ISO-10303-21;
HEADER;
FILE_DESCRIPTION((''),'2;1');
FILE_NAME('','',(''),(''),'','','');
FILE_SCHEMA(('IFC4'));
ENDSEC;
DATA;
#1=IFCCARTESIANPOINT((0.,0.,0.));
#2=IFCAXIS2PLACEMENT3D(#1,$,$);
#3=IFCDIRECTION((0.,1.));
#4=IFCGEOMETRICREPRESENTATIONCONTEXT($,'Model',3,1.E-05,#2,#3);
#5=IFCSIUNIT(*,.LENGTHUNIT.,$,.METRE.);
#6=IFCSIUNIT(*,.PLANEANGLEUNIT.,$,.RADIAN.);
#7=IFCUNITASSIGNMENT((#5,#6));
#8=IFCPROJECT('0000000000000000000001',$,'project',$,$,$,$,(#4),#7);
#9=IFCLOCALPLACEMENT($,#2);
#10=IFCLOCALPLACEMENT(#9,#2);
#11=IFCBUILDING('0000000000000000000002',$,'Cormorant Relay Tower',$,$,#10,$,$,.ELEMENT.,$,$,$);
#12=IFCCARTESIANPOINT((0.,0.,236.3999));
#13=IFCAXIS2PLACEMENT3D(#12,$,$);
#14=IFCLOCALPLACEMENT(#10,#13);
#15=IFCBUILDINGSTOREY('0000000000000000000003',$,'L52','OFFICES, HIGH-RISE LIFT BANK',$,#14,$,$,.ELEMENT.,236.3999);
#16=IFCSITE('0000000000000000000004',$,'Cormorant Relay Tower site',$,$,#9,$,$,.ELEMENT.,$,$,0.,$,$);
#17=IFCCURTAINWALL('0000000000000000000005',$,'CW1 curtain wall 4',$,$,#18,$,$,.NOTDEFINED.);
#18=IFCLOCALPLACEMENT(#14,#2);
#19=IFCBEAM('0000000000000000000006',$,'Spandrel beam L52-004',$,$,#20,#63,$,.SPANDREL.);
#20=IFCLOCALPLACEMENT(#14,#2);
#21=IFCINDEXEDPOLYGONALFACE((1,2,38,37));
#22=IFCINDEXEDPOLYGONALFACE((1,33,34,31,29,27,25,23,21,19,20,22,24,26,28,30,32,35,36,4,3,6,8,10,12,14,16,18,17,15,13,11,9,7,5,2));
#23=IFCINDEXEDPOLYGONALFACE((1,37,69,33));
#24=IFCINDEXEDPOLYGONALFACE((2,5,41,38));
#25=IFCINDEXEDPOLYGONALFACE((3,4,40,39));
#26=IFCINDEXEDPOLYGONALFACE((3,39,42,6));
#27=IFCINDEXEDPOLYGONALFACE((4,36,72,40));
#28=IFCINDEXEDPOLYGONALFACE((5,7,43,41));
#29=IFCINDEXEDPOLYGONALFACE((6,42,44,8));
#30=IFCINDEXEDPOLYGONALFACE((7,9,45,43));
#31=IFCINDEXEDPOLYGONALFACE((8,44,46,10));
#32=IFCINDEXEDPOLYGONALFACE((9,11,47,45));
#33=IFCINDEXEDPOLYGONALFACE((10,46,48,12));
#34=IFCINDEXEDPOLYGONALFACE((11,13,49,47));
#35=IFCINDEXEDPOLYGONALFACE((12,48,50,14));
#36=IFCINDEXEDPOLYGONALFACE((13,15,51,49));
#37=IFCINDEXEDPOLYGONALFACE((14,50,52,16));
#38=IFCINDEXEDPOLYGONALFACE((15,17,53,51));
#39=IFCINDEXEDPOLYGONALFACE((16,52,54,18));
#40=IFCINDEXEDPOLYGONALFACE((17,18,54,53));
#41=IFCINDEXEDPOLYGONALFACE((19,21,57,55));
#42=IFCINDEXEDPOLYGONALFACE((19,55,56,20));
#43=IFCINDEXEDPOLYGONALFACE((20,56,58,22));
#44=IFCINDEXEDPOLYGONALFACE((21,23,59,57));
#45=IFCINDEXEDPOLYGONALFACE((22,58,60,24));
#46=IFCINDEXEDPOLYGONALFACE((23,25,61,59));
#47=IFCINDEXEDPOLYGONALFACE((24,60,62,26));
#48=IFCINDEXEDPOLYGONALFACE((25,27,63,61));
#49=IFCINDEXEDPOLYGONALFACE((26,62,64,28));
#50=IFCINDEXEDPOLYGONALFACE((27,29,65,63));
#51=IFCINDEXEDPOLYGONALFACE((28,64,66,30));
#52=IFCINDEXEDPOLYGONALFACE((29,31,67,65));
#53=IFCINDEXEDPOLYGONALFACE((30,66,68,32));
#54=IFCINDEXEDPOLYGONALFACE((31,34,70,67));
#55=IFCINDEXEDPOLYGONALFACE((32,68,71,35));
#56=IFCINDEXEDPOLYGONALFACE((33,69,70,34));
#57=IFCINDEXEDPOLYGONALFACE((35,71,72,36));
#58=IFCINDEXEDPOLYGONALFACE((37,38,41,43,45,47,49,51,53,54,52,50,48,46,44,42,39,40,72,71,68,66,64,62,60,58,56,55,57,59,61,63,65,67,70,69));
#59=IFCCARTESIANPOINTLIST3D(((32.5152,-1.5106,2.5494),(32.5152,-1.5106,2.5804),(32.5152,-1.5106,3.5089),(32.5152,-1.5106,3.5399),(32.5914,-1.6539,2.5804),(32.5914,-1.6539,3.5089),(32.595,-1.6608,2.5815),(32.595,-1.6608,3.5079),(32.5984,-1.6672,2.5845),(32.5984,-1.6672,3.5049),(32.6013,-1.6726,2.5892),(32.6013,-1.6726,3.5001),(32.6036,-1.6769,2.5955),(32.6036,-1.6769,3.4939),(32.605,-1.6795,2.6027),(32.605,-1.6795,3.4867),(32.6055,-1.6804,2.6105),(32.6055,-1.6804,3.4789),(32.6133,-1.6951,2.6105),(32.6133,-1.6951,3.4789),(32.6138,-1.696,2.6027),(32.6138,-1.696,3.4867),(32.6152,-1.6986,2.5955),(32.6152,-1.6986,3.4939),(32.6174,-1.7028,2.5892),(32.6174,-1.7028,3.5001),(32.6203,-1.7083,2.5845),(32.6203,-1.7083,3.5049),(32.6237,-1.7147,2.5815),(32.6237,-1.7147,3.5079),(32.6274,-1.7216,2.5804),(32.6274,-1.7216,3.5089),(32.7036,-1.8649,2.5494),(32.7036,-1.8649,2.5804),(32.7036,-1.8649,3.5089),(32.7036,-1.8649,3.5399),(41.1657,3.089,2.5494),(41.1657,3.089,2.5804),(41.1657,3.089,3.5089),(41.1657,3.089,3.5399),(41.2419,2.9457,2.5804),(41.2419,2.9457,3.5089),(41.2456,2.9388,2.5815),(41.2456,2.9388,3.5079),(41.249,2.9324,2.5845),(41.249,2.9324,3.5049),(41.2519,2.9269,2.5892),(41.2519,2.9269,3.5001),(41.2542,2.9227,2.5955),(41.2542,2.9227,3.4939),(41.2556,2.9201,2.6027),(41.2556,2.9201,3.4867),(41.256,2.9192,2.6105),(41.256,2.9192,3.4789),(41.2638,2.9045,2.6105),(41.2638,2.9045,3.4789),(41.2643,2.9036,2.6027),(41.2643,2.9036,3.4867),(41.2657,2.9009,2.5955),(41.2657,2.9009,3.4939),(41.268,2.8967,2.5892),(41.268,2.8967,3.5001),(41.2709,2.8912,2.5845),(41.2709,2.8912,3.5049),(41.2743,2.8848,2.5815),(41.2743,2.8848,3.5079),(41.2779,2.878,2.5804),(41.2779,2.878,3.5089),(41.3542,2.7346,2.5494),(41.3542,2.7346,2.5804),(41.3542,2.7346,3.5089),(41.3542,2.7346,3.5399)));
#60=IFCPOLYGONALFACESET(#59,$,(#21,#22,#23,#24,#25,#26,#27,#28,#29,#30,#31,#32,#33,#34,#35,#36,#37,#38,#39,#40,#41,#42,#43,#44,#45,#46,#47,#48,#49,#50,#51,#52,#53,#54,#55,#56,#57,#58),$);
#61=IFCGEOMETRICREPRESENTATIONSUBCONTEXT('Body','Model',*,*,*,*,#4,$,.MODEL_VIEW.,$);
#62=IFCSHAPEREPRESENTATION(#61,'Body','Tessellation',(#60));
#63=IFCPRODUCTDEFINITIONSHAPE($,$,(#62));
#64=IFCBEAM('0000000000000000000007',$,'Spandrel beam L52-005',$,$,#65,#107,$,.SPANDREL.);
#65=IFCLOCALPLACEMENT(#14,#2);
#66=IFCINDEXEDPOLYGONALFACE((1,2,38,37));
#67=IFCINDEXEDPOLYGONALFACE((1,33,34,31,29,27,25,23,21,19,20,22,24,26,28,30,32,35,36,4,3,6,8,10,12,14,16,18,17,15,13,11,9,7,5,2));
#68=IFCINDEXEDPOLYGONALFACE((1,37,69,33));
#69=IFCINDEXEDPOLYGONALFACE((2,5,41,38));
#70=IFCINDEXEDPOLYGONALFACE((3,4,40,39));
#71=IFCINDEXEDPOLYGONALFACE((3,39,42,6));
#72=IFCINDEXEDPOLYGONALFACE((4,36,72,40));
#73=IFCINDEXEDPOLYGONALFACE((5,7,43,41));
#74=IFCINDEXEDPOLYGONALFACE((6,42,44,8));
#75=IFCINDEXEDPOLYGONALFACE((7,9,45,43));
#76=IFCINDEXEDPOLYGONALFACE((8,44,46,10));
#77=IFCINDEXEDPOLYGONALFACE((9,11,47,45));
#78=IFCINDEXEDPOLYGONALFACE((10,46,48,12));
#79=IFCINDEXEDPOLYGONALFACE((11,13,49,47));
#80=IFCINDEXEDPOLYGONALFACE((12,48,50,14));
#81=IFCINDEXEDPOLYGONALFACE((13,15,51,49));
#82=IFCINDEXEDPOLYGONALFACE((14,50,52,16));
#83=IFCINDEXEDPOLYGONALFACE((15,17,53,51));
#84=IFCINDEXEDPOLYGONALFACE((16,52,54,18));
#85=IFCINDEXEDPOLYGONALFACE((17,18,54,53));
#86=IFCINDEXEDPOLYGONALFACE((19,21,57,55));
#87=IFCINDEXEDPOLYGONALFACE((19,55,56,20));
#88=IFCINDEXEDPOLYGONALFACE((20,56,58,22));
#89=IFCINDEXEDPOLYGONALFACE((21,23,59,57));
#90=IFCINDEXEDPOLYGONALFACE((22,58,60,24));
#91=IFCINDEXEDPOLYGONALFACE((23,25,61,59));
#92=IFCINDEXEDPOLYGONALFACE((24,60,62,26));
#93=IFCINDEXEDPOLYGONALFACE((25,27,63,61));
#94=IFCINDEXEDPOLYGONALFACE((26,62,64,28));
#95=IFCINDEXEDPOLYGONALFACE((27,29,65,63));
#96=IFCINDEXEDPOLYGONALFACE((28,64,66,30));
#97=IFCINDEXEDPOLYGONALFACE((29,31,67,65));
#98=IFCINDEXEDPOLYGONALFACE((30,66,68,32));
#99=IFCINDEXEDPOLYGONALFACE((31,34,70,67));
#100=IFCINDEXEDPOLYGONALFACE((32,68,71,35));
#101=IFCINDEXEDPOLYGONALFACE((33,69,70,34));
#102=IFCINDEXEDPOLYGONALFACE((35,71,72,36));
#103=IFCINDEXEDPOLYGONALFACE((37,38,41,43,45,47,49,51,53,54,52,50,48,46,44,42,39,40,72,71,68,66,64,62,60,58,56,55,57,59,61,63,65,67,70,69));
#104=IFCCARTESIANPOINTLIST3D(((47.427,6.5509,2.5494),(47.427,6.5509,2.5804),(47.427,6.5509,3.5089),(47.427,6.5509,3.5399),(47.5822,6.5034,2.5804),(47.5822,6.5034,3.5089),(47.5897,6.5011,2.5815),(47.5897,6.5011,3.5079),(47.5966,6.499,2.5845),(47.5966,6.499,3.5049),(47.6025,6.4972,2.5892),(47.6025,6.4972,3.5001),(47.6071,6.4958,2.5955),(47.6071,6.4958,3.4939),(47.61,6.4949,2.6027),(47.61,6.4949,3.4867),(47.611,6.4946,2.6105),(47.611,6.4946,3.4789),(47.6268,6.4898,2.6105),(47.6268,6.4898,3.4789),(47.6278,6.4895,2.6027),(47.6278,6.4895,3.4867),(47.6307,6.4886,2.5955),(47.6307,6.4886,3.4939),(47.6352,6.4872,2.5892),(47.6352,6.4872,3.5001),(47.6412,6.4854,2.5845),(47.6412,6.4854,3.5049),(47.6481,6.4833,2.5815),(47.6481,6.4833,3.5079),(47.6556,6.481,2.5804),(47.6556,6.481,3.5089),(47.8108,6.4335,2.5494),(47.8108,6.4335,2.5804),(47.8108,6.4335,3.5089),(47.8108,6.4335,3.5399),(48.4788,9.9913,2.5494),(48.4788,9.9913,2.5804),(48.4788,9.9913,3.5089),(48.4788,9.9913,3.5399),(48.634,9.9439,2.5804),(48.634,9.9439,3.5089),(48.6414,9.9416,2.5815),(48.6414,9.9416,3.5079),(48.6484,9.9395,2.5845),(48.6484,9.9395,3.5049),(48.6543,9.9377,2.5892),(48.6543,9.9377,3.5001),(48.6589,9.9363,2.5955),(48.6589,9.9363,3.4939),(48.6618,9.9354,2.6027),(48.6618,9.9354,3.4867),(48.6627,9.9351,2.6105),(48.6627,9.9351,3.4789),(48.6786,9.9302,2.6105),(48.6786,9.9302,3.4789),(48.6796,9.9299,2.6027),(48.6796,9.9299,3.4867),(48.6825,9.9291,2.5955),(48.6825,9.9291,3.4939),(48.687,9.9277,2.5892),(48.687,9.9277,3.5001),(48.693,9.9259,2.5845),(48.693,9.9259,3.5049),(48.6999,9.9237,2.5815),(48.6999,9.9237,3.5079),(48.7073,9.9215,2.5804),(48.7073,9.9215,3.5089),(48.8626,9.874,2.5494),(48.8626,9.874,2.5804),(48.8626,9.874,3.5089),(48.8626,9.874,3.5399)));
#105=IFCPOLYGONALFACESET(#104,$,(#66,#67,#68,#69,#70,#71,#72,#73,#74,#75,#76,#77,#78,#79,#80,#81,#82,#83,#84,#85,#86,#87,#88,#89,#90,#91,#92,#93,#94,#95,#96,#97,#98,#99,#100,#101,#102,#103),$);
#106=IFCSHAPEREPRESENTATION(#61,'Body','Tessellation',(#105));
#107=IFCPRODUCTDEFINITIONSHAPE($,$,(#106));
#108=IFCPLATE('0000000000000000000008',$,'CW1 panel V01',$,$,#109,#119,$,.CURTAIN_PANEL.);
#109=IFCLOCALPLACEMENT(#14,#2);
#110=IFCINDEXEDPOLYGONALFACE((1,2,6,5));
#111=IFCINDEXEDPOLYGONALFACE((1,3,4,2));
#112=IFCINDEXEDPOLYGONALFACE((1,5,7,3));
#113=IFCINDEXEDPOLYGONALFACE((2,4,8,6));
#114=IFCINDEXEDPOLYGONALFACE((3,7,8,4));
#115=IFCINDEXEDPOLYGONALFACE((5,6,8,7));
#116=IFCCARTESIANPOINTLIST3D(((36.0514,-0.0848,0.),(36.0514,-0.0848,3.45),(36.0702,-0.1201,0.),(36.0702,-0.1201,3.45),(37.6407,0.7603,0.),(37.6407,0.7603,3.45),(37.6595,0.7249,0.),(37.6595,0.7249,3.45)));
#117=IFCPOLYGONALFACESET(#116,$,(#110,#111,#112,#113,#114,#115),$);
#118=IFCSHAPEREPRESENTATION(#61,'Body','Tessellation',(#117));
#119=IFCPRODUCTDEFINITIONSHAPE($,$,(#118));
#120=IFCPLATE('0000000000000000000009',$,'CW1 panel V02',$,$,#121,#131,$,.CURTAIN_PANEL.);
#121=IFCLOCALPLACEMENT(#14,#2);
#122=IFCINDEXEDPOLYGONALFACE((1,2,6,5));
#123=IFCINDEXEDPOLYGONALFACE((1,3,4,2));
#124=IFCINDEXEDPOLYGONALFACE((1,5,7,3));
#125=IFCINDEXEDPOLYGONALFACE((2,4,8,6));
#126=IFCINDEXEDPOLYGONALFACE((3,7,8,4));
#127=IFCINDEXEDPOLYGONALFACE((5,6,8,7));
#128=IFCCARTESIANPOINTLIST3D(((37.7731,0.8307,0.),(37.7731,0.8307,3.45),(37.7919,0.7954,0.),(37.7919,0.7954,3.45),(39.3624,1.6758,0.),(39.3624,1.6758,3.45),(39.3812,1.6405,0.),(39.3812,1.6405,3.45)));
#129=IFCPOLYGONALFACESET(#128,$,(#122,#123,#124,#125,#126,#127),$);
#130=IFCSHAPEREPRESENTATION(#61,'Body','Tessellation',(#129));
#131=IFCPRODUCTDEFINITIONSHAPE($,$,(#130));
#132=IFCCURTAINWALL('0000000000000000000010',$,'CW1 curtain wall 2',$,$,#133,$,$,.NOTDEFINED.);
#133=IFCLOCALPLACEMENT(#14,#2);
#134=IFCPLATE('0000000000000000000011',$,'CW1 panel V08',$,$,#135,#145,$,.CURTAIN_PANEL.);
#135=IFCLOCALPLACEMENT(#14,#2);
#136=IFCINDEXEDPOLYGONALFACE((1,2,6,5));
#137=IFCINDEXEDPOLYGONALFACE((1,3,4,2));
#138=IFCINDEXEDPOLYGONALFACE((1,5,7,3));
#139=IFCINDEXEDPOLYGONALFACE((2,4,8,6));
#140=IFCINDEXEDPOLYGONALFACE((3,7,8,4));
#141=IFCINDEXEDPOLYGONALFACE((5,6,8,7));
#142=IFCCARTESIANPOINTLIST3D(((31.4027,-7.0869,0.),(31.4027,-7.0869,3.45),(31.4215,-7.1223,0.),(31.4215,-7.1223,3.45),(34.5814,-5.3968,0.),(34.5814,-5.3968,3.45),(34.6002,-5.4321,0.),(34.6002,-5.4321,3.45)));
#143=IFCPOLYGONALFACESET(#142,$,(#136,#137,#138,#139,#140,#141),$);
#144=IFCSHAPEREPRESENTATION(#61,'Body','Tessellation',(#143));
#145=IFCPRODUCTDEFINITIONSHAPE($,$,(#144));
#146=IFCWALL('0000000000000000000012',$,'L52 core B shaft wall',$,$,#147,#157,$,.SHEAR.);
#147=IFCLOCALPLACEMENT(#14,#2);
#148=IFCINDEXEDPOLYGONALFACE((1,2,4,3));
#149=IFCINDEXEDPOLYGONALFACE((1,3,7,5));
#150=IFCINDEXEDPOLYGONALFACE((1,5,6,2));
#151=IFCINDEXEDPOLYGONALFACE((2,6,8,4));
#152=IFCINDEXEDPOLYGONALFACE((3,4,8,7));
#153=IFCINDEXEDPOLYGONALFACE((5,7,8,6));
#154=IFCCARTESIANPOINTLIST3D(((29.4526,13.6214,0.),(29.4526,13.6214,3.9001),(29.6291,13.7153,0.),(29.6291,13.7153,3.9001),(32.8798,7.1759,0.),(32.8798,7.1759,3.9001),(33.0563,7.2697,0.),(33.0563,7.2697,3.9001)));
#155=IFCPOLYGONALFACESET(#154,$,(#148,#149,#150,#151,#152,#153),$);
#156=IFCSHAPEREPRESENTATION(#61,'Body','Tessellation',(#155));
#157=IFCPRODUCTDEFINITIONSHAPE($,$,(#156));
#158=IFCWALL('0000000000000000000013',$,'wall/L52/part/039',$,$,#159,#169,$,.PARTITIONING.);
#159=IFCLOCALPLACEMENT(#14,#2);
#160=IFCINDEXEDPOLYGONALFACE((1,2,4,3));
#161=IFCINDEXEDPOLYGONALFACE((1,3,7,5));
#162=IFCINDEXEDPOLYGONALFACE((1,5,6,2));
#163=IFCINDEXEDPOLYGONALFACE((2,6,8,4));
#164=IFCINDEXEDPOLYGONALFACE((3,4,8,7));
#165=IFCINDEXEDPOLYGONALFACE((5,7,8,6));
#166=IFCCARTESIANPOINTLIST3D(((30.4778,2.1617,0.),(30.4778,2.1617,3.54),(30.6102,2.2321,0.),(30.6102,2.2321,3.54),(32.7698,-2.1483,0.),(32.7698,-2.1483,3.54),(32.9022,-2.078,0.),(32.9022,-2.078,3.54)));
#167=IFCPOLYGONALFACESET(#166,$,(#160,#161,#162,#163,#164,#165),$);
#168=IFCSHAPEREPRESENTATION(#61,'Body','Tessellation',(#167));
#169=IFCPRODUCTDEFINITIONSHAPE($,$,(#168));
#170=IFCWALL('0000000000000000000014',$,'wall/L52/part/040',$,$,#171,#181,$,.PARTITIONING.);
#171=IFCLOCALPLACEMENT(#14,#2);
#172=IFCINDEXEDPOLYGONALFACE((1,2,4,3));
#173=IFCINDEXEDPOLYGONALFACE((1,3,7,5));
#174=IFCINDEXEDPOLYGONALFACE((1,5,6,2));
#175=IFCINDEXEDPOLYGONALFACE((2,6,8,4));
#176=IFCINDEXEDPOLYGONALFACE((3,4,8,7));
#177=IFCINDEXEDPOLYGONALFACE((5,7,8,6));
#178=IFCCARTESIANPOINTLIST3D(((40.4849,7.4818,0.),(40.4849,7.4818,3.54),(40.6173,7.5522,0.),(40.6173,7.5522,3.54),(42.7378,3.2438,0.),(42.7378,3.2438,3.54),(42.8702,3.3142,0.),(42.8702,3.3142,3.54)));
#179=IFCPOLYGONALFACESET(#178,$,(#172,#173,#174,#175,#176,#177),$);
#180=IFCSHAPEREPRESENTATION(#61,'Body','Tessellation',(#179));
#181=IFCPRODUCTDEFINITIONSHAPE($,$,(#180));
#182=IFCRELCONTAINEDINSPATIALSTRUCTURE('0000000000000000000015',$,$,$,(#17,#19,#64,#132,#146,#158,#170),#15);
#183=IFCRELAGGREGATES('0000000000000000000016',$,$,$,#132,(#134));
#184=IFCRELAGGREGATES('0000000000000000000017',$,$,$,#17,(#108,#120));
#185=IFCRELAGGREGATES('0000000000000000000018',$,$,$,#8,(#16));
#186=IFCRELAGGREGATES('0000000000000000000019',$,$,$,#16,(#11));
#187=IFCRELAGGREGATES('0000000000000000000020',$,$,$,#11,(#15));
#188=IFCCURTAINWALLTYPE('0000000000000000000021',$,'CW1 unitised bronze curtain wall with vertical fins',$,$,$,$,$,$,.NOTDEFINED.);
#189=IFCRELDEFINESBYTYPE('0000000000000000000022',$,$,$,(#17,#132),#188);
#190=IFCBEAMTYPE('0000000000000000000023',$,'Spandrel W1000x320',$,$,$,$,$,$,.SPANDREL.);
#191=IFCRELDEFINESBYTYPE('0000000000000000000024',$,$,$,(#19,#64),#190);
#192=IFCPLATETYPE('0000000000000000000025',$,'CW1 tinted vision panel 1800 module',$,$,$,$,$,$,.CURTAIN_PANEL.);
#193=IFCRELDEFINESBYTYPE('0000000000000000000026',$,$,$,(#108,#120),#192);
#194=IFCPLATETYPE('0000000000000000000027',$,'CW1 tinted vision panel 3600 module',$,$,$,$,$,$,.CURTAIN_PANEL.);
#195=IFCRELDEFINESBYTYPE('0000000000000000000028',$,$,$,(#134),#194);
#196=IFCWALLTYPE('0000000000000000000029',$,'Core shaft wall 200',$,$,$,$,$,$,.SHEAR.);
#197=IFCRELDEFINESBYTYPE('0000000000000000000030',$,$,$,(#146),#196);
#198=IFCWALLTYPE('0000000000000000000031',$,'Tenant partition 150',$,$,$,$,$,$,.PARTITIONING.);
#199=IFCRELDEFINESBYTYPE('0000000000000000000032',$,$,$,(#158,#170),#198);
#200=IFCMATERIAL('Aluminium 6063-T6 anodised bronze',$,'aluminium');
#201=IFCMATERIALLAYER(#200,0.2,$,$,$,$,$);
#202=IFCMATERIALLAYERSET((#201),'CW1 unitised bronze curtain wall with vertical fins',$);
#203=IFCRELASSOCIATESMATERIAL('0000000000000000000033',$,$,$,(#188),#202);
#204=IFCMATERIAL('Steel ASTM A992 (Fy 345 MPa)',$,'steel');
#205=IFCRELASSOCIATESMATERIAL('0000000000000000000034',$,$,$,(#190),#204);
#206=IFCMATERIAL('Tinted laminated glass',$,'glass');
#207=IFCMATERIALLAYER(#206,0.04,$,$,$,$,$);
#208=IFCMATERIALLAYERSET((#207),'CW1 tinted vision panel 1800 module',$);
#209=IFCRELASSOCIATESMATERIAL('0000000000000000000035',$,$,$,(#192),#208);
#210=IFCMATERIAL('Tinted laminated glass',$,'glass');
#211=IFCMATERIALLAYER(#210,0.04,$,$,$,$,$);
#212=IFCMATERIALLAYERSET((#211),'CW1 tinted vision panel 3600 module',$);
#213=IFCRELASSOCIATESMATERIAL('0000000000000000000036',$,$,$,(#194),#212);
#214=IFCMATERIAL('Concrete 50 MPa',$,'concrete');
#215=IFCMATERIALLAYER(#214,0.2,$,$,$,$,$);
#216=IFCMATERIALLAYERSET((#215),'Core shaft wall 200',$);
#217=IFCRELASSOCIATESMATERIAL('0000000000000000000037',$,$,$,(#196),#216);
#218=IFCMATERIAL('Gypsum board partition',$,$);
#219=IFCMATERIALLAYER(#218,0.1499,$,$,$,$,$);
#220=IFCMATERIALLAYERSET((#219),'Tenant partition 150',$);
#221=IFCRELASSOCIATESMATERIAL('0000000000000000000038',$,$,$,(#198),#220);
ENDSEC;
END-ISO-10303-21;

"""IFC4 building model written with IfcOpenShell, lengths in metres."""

from ifc_helpers import new_model, si_unit, direction, frame, frame_2d, origin, origin_2d, place, context, subcontext, project, spatial, rectangle, i_section, extrude, material, layer, layer_set, material_profile, profile_set, type_object, element, aggregate, save


model = new_model("IFC4")

# Units and contexts
model_context = context("Model", 3, precision=1e-05, world=origin(), true_north=direction((0.0, 1.0)))
body_context = subcontext(model_context, "Body", "Model", "MODEL_VIEW")
ifc_project = project(units=[si_unit("LENGTHUNIT", "METRE"), si_unit("PLANEANGLEUNIT", "RADIAN")], contexts=[model_context])

# Site, building, storey
site_placement = place(None, origin())
site = spatial("IfcSite", under=ifc_project, at=site_placement, Name="Cormorant Relay Tower site", CompositionType="ELEMENT", RefElevation=0.0)
building_placement = place(site_placement, origin())
building = spatial("IfcBuilding", under=site, at=building_placement, Name="Cormorant Relay Tower", CompositionType="ELEMENT")
storey_placement = place(building_placement, frame((0.0, 0.0, 236.3999)))
storey = spatial("IfcBuildingStorey", under=building, at=storey_placement, Name="L52", Description="OFFICES, HIGH-RISE LIFT BANK", CompositionType="ELEMENT", Elevation=236.3999)

# Shared definitions
ifc_material_1 = material(Name="Aluminium 6063-T6 anodised bronze", Category="aluminium")
ifc_layer_1 = layer(ifc_material_1, 0.2)
ifc_layer_set_1 = layer_set([ifc_layer_1], Name="CW1 unitised bronze curtain wall with vertical fins")
curtain_wall_type = type_object("IfcCurtainWallType", Name="CW1 unitised bronze curtain wall with vertical fins", PredefinedType="NOTDEFINED", material=ifc_layer_set_1)

# Curtain wall
curtain_wall_1_placement = place(storey_placement, origin())
curtain_wall_1 = element("IfcCurtainWall", 1, at=curtain_wall_1_placement, inside=storey, type_object=curtain_wall_type, Name="CW1 curtain wall 4", PredefinedType="NOTDEFINED")

# Beams
ifc_material_2 = material(Name="Steel ASTM A992 (Fy 345 MPa)", Category="steel")
ifc_material_profile_1 = material_profile(ifc_material_2, i_section(OverallWidth=0.4014, OverallDepth=0.9905, WebThickness=0.0166, FlangeThickness=0.031, FilletRadius=0.03, at=origin_2d()), Name="W1000x320")
ifc_profile_set_1 = profile_set([ifc_material_profile_1], Name="Steel ASTM A992 (Fy 345 MPa)")
beam_type = type_object("IfcBeamType", Name="Spandrel W1000x320", PredefinedType="SPANDREL", material=ifc_profile_set_1)
beam_1_placement = place(storey_placement, frame((32.6094, -1.6877, 3.0447), z_axis=(0.882948, 0.46947, 0.0), x_axis=(-0.46947, 0.882948, 0.0)))
element("IfcBeam", 2, at=beam_1_placement, inside=storey, type_object=beam_type, Name="Spandrel beam L52-004", PredefinedType="SPANDREL", context=body_context, shape_type="SweptSolid", body=[
    extrude(i_section(OverallWidth=0.4014, OverallDepth=0.9905, WebThickness=0.0166, FlangeThickness=0.031, FilletRadius=0.03, at=origin_2d()), origin(), (0.0, 0.0, 1.0), 9.7974),
])
beam_2_placement = place(storey_placement, frame((47.6189, 6.4922, 3.0447), z_axis=(0.29235, 0.956312, 0.0), x_axis=(-0.956312, 0.29235, 0.0)))
element("IfcBeam", 3, at=beam_2_placement, inside=storey, type_object=beam_type, Name="Spandrel beam L52-005", PredefinedType="SPANDREL", context=body_context, shape_type="SweptSolid", body=[
    extrude(i_section(OverallWidth=0.4014, OverallDepth=0.9905, WebThickness=0.0166, FlangeThickness=0.031, FilletRadius=0.03, at=origin_2d()), origin(), (0.0, 0.0, 1.0), 3.5977),
])

# Plates
ifc_material_3 = material(Name="Tinted laminated glass", Category="glass")
ifc_layer_2 = layer(ifc_material_3, 0.04)
ifc_layer_set_2 = layer_set([ifc_layer_2], Name="CW1 tinted vision panel 1800 module")
plate_type_1 = type_object("IfcPlateType", Name="CW1 tinted vision panel 1800 module", PredefinedType="CURTAIN_PANEL", material=ifc_layer_set_2)
plate_1_placement = place(storey_placement, frame((36.8555, 0.3201, 0.0), z_axis=(0.0, 0.0, 1.0), x_axis=(0.882948, 0.469472, 0.0)))
plate_1 = element("IfcPlate", 4, at=plate_1_placement, type_object=plate_type_1, Name="CW1 panel V01", PredefinedType="CURTAIN_PANEL", context=body_context, shape_type="SweptSolid", body=[
    extrude(rectangle(XDim=1.8, YDim=0.04, at=origin_2d()), origin(), (0.0, 0.0, 1.0), 3.45),
])
plate_2_placement = place(storey_placement, frame((38.5771, 1.2356, 0.0), z_axis=(0.0, 0.0, 1.0), x_axis=(0.882948, 0.469472, 0.0)))
plate_2 = element("IfcPlate", 5, at=plate_2_placement, type_object=plate_type_1, Name="CW1 panel V02", PredefinedType="CURTAIN_PANEL", context=body_context, shape_type="SweptSolid", body=[
    extrude(rectangle(XDim=1.8, YDim=0.04, at=origin_2d()), origin(), (0.0, 0.0, 1.0), 3.45),
])

# Curtain wall, plate
curtain_wall_2_placement = place(storey_placement, origin())
curtain_wall_2 = element("IfcCurtainWall", 6, at=curtain_wall_2_placement, inside=storey, type_object=curtain_wall_type, Name="CW1 curtain wall 2", PredefinedType="NOTDEFINED")
ifc_material_4 = material(Name="Tinted laminated glass", Category="glass")
ifc_layer_3 = layer(ifc_material_4, 0.04)
ifc_layer_set_3 = layer_set([ifc_layer_3], Name="CW1 tinted vision panel 3600 module")
plate_type_2 = type_object("IfcPlateType", Name="CW1 tinted vision panel 3600 module", PredefinedType="CURTAIN_PANEL", material=ifc_layer_set_3)
plate_3_placement = place(storey_placement, frame((33.0015, -6.2595, 0.0), z_axis=(0.0, 0.0, 1.0), x_axis=(0.882948, 0.469472, 0.0)))
plate_3 = element("IfcPlate", 7, at=plate_3_placement, type_object=plate_type_2, Name="CW1 panel V08", PredefinedType="CURTAIN_PANEL", context=body_context, shape_type="SweptSolid", body=[
    extrude(rectangle(XDim=3.6001, YDim=0.04, at=origin_2d()), origin(), (0.0, 0.0, 1.0), 3.45),
])
aggregate(curtain_wall_2, [plate_3])

# Walls
ifc_material_5 = material(Name="Concrete 50 MPa", Category="concrete")
ifc_layer_4 = layer(ifc_material_5, 0.2)
ifc_layer_set_4 = layer_set([ifc_layer_4], Name="Core shaft wall 200")
wall_type_1 = type_object("IfcWallType", Name="Core shaft wall 200", PredefinedType="SHEAR", material=ifc_layer_set_4)
wall_1_placement = place(storey_placement, frame((32.968, 7.2229, 0.0), z_axis=(0.0, 0.0, 1.0), x_axis=(-0.46948, 0.882943, 0.0)))
element("IfcWall", 8, at=wall_1_placement, inside=storey, type_object=wall_type_1, Name="L52 core B shaft wall", PredefinedType="SHEAR", context=body_context, shape_type="SweptSolid", body=[
    extrude(rectangle(XDim=7.3, YDim=0.2, at=frame_2d((3.6499, 0.0))), origin(), (0.0, 0.0, 1.0), 3.9001),
])
ifc_material_6 = material(Name="Gypsum board partition")
ifc_layer_5 = layer(ifc_material_6, 0.1499)
ifc_layer_set_5 = layer_set([ifc_layer_5], Name="Tenant partition 150")
wall_type_2 = type_object("IfcWallType", Name="Tenant partition 150", PredefinedType="PARTITIONING", material=ifc_layer_set_5)
wall_2_placement = place(storey_placement, frame((30.5439, 2.197, 0.0), z_axis=(0.0, 0.0, 1.0), x_axis=(0.469518, -0.882923, 0.0)))
element("IfcWall", 9, at=wall_2_placement, inside=storey, type_object=wall_type_2, Name="wall/L52/part/039", PredefinedType="PARTITIONING", context=body_context, shape_type="SweptSolid", body=[
    extrude(rectangle(XDim=4.8816, YDim=0.1499, at=frame_2d((2.4409, 0.0))), origin(), (0.0, 0.0, 1.0), 3.54),
])
wall_3_placement = place(storey_placement, frame((40.551, 7.5171, 0.0), z_axis=(0.0, 0.0, 1.0), x_axis=(0.469394, -0.882989, 0.0)))
element("IfcWall", 10, at=wall_3_placement, inside=storey, type_object=wall_type_2, Name="wall/L52/part/040", PredefinedType="PARTITIONING", context=body_context, shape_type="SweptSolid", body=[
    extrude(rectangle(XDim=4.7996, YDim=0.1499, at=frame_2d((2.3999, 0.0))), origin(), (0.0, 0.0, 1.0), 3.54),
])

aggregate(curtain_wall_1, [plate_1, plate_2])

save(model, "model.ifc")
